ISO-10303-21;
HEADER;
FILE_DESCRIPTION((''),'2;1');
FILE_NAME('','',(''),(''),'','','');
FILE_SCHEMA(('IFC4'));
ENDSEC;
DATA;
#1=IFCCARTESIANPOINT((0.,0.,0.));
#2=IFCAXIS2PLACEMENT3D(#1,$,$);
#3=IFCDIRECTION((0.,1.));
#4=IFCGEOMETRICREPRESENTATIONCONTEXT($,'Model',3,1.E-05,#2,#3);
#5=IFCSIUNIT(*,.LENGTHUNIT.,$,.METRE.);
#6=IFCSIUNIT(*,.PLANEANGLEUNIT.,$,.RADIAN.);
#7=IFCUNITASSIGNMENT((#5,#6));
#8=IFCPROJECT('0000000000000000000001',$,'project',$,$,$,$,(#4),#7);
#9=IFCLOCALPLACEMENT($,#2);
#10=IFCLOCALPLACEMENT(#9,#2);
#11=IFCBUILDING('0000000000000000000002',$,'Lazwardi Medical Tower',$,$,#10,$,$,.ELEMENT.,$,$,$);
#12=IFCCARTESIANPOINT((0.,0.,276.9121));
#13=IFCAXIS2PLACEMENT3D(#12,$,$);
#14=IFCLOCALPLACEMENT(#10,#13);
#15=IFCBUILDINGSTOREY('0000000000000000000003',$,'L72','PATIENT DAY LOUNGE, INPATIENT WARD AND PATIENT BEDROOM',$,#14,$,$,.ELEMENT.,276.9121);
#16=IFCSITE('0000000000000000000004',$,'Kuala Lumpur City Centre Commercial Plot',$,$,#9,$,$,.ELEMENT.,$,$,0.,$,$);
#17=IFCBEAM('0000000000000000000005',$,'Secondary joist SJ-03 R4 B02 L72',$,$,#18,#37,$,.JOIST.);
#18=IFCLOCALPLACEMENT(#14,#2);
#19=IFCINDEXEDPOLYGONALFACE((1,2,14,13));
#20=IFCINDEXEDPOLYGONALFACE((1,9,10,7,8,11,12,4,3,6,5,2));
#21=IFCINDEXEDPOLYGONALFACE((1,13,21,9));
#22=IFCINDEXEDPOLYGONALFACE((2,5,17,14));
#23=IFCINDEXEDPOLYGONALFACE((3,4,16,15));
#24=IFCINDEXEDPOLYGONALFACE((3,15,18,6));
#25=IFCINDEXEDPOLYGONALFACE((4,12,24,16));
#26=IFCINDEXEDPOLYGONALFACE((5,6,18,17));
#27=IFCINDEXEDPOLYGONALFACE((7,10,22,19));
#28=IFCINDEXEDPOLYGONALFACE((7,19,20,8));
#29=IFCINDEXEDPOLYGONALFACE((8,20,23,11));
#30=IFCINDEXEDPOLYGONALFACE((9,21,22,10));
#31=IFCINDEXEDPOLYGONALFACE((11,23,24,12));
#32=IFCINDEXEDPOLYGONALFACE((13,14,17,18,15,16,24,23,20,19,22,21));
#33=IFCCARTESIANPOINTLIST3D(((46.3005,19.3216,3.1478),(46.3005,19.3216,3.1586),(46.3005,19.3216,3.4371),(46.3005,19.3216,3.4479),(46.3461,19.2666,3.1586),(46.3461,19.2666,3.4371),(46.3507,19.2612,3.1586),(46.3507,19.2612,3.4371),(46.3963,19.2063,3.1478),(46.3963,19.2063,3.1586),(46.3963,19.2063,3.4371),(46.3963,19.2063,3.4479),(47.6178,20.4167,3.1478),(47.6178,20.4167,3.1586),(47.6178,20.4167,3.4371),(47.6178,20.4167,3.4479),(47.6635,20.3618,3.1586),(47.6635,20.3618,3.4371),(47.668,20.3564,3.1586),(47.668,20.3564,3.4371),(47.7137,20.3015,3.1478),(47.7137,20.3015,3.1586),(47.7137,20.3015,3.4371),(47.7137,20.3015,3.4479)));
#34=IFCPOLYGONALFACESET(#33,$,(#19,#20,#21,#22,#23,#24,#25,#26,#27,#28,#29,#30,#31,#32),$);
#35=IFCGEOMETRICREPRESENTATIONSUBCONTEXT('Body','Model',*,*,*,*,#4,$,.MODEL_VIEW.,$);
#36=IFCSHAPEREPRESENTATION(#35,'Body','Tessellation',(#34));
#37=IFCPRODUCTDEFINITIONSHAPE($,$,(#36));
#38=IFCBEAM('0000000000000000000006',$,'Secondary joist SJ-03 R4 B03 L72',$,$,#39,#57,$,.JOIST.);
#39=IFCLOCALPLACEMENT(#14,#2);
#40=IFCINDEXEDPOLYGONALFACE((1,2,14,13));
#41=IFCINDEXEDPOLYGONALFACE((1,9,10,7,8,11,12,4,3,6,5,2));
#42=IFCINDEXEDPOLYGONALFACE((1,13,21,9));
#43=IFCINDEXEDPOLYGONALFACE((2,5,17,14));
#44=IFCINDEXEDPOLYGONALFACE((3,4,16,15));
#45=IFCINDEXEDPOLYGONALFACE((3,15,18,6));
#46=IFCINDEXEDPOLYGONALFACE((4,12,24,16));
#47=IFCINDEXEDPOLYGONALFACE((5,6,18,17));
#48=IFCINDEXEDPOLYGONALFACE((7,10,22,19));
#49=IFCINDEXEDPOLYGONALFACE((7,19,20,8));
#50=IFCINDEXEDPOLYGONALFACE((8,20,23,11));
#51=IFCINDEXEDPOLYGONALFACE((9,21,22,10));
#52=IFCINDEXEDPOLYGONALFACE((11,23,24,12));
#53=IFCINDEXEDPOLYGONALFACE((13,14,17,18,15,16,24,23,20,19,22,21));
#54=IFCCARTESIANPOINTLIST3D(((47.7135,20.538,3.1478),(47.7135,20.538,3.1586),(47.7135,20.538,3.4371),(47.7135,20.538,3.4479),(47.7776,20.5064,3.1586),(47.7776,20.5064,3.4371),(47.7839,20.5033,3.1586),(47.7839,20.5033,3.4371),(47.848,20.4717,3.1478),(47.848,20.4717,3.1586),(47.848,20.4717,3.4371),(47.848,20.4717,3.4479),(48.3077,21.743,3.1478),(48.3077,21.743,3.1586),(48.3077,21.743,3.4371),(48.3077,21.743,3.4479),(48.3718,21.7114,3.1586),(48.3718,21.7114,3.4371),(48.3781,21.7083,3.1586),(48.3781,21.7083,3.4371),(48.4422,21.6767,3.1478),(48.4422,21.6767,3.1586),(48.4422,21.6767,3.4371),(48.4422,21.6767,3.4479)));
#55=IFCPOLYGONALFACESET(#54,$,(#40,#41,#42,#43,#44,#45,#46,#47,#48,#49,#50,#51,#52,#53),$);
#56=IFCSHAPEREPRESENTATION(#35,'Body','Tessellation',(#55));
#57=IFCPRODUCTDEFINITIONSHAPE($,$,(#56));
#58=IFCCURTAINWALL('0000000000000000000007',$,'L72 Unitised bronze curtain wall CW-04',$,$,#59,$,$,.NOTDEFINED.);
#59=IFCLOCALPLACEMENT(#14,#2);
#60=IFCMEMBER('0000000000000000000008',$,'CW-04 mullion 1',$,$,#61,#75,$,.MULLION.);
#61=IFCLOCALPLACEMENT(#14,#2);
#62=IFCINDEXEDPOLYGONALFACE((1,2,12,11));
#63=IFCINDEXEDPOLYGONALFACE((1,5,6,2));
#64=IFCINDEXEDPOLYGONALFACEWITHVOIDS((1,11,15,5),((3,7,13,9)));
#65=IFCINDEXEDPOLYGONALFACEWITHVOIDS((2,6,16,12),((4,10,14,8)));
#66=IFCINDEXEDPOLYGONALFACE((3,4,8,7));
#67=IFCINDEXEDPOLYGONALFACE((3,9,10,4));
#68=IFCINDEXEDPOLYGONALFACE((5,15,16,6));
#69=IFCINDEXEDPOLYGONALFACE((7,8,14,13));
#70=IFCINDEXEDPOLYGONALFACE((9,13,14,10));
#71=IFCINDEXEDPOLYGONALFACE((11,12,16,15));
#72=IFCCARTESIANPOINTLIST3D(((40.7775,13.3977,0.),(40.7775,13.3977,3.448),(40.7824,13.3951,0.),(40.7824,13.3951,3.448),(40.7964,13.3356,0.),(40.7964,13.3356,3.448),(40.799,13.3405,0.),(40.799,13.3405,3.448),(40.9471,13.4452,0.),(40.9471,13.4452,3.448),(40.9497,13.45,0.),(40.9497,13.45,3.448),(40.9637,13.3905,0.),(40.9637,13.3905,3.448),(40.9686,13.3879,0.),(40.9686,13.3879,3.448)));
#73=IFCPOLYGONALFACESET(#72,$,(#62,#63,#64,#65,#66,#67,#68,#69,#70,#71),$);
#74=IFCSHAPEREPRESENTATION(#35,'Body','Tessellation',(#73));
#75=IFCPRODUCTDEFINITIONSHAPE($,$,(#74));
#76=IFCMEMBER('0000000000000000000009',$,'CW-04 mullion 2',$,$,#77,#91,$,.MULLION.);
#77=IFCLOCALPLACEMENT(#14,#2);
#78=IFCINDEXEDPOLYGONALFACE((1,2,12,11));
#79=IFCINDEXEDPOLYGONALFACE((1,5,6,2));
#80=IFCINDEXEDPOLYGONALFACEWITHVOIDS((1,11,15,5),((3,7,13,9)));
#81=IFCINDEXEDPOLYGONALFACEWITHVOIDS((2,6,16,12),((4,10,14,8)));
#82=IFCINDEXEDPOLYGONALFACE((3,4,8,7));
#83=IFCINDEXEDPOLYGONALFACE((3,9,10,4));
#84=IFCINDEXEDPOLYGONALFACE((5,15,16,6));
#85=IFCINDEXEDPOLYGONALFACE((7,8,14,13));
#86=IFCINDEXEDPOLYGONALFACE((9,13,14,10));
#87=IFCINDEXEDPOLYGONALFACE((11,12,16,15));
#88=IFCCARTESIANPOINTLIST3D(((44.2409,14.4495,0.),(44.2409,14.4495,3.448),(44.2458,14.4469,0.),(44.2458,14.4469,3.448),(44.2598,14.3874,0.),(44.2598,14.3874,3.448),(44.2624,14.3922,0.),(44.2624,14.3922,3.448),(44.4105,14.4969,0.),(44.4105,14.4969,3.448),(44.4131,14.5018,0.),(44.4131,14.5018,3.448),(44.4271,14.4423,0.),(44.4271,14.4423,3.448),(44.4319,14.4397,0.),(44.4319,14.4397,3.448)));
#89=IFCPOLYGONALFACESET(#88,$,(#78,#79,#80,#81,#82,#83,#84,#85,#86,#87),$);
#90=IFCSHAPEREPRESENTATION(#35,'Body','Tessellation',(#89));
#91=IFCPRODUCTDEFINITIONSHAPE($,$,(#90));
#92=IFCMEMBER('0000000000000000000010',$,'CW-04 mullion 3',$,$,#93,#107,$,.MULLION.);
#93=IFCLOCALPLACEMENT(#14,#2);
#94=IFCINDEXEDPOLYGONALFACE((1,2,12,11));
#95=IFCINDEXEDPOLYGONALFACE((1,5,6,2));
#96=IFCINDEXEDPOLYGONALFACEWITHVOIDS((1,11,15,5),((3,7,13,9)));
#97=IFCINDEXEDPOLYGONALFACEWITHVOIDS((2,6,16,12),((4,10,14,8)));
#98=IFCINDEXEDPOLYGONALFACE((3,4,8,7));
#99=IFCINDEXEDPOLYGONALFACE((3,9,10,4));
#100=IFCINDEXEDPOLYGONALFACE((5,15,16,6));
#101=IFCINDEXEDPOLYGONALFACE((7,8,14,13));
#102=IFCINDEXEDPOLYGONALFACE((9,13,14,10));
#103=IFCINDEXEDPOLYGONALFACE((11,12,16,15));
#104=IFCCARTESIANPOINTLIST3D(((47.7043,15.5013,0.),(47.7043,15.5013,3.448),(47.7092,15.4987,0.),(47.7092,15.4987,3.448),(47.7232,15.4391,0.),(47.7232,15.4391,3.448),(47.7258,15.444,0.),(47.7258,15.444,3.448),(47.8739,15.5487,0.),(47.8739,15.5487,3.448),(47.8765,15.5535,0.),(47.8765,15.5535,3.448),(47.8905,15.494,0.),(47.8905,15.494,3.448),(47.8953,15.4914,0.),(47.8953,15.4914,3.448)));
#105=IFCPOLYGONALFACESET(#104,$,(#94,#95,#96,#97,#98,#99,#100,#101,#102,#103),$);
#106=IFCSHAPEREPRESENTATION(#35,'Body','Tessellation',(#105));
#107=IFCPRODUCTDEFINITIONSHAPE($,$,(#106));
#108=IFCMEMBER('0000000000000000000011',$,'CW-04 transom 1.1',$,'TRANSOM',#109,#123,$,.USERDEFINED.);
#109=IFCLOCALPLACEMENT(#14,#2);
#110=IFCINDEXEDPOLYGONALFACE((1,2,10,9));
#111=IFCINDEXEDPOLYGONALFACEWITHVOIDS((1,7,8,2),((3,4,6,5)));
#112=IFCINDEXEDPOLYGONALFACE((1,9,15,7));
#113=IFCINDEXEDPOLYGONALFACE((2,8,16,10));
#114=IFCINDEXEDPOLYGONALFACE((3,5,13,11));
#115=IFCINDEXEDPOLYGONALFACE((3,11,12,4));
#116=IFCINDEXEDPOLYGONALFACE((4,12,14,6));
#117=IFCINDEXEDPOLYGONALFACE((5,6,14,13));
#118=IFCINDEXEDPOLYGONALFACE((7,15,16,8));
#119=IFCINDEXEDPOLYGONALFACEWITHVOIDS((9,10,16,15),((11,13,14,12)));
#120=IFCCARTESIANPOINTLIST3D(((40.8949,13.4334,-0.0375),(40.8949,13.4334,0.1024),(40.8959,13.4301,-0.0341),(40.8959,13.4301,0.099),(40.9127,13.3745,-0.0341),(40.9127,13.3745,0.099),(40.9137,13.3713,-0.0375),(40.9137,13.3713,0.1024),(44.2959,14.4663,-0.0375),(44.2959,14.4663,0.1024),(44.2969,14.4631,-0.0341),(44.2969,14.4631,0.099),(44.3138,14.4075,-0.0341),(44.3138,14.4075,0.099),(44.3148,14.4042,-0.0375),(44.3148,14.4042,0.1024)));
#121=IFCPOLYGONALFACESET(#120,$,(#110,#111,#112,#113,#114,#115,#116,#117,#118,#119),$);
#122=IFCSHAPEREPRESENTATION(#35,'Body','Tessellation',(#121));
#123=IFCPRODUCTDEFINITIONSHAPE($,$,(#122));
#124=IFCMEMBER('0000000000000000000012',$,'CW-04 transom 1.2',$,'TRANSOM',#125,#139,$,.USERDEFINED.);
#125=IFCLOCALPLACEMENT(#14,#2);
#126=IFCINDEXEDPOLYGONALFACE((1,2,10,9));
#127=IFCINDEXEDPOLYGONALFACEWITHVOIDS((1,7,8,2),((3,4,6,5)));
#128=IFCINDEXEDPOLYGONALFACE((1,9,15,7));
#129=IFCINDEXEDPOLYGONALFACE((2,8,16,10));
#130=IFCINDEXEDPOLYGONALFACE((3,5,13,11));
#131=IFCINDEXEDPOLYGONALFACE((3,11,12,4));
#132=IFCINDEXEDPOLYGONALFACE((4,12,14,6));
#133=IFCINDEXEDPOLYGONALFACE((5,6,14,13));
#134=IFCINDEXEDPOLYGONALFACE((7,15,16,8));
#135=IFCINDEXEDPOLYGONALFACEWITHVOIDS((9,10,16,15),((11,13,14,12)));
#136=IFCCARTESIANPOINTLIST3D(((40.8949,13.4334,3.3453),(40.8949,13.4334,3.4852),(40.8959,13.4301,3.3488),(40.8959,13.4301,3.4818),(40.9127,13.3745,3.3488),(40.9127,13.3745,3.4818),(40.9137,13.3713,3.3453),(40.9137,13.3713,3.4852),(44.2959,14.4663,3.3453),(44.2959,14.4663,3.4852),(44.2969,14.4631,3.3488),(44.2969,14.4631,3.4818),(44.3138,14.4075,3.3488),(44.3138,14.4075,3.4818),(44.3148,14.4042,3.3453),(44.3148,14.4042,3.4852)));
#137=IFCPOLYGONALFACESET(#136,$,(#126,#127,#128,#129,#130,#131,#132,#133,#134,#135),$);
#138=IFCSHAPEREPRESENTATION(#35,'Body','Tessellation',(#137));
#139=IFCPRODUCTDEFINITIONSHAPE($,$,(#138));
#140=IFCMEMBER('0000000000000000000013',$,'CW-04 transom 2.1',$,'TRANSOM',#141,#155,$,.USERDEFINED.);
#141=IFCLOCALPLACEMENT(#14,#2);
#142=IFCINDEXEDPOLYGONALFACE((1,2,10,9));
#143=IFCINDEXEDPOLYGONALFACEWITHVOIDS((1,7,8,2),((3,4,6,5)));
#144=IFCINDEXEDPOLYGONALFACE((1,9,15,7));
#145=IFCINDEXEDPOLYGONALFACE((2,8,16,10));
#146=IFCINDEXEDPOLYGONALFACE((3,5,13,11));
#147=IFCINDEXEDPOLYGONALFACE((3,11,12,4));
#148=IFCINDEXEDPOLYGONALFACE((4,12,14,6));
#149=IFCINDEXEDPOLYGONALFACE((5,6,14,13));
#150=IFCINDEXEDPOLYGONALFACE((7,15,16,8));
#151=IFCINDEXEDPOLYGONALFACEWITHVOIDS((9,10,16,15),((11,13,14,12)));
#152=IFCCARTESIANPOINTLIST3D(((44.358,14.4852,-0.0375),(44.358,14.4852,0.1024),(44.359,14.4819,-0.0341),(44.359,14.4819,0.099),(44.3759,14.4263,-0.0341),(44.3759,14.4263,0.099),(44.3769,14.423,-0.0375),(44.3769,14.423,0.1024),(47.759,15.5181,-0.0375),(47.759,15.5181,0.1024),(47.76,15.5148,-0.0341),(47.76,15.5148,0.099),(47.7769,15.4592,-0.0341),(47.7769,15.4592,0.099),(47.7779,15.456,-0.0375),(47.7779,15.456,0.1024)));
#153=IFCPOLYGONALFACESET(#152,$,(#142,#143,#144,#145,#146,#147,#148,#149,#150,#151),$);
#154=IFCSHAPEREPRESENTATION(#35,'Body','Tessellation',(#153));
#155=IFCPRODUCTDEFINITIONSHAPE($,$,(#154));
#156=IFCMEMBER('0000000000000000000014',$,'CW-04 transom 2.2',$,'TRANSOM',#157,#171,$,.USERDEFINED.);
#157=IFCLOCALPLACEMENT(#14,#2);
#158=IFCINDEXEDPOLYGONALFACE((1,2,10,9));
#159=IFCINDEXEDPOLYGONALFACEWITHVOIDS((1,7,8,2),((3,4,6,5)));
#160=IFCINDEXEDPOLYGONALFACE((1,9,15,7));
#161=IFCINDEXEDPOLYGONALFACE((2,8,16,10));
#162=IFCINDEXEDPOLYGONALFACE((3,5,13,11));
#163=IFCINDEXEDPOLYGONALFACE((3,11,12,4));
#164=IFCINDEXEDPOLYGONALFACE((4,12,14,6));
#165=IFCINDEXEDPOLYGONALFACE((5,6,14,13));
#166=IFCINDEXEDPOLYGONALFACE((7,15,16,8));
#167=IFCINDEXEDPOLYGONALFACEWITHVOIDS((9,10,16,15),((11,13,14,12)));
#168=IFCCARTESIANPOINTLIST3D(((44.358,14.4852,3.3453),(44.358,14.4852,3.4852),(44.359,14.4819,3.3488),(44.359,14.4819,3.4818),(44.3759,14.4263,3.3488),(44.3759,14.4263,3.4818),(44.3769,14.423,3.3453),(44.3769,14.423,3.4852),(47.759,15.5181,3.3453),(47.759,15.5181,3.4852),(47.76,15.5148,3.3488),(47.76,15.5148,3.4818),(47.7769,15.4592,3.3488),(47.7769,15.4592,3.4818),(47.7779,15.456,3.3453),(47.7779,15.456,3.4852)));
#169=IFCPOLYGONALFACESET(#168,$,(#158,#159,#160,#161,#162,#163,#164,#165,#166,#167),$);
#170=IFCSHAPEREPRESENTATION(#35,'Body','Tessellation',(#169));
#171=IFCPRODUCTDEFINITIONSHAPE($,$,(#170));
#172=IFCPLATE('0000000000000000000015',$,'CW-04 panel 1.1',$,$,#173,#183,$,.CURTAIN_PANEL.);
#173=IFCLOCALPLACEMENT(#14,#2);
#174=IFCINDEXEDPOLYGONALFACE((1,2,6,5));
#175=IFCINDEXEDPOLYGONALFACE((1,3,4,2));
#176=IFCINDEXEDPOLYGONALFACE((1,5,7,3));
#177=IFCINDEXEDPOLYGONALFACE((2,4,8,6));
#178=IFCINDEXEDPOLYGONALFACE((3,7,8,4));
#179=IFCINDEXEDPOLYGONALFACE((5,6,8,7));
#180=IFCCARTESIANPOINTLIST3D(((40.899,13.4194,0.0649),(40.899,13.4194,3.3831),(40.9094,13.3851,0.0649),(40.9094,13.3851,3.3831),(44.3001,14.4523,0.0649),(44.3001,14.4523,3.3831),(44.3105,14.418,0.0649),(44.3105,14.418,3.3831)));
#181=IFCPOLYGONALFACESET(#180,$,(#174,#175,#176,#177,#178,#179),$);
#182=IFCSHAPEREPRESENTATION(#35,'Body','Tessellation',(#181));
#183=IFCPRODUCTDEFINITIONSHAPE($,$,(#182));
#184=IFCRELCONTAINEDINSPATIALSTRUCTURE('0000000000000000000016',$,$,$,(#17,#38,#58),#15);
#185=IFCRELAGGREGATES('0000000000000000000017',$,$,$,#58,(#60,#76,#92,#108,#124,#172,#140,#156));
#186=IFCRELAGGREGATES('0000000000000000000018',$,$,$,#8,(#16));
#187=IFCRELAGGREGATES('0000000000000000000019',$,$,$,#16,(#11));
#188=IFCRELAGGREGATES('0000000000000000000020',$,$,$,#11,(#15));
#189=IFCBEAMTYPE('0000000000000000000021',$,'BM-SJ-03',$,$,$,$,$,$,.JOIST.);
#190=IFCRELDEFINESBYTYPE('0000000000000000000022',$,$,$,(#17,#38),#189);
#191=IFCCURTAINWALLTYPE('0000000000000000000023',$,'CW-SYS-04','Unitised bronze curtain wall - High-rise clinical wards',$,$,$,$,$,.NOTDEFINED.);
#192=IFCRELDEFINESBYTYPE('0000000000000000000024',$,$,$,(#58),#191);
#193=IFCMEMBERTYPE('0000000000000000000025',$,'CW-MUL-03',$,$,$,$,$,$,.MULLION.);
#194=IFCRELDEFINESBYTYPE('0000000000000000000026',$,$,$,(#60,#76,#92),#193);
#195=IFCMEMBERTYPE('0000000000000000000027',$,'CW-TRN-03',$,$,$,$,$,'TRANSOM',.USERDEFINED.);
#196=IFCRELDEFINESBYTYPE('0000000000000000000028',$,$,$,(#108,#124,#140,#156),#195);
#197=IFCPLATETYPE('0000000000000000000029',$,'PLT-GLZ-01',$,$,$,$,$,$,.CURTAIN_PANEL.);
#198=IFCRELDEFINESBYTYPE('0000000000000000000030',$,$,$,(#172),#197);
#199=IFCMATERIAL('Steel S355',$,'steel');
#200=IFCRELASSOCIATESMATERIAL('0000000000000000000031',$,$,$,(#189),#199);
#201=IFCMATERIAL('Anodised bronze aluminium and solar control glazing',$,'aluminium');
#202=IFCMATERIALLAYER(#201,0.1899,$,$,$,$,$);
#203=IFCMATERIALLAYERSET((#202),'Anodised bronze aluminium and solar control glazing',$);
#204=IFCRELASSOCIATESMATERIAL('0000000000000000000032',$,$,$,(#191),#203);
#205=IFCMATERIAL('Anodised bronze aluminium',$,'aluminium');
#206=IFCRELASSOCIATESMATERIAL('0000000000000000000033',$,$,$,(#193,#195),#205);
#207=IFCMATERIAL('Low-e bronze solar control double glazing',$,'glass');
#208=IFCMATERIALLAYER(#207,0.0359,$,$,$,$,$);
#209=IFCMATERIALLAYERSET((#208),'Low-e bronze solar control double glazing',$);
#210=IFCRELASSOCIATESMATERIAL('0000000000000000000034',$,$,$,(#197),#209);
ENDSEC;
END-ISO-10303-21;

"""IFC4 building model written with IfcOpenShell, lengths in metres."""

from ifc_helpers import new_model, si_unit, direction, frame, origin, origin_2d, place, context, subcontext, project, spatial, rectangle, hollow_rectangle, i_section, extrude, material, layer, layer_set, material_profile, profile_set, type_object, element, aggregate, save


model = new_model("IFC4")

# Units and contexts
model_context = context("Model", 3, precision=1e-05, world=origin(), true_north=direction((0.0, 1.0)))
body_context = subcontext(model_context, "Body", "Model", "MODEL_VIEW")
ifc_project = project(units=[si_unit("LENGTHUNIT", "METRE"), si_unit("PLANEANGLEUNIT", "RADIAN")], contexts=[model_context])

# Site, building, storey
site_placement = place(None, origin())
site = spatial("IfcSite", under=ifc_project, at=site_placement, Name="Kuala Lumpur City Centre Commercial Plot", CompositionType="ELEMENT", RefElevation=0.0)
building_placement = place(site_placement, origin())
building = spatial("IfcBuilding", under=site, at=building_placement, Name="Lazwardi Medical Tower", CompositionType="ELEMENT")
storey_placement = place(building_placement, frame((0.0, 0.0, 276.9121)))
storey = spatial("IfcBuildingStorey", under=building, at=storey_placement, Name="L72", Description="PATIENT DAY LOUNGE, INPATIENT WARD AND PATIENT BEDROOM", CompositionType="ELEMENT", Elevation=276.9121)

# Beams
ifc_material_1 = material(Name="Steel S355", Category="steel")
ifc_material_profile_1 = material_profile(ifc_material_1, i_section(OverallWidth=0.1499, OverallDepth=0.3, WebThickness=0.0071, FlangeThickness=0.0107, at=origin_2d()), Name="IPE 300")
ifc_profile_set_1 = profile_set([ifc_material_profile_1], Name="Steel S355")
beam_type_1 = type_object("IfcBeamType", Name="BM-SJ-03", PredefinedType="JOIST", material=ifc_profile_set_1)
beam_1_placement = place(storey_placement, frame((46.3484, 19.2639, 3.2979), z_axis=(0.768968, 0.639287, 0.0), x_axis=(-0.639287, 0.768968, 0.0)))
element("IfcBeam", 1, at=beam_1_placement, inside=storey, type_object=beam_type_1, Name="Secondary joist SJ-03 R4 B02 L72", PredefinedType="JOIST", context=body_context, shape_type="SweptSolid", body=[
    extrude(i_section(OverallWidth=0.1499, OverallDepth=0.3, WebThickness=0.0071, FlangeThickness=0.0107, at=origin_2d()), origin(), (0.0, 0.0, 1.0), 1.7131),
])
beam_2_placement = place(storey_placement, frame((47.7808, 20.5049, 3.2979), z_axis=(0.442264, 0.896885, 0.0), x_axis=(-0.896885, 0.442264, 0.0)))
element("IfcBeam", 2, at=beam_2_placement, inside=storey, type_object=beam_type_1, Name="Secondary joist SJ-03 R4 B03 L72", PredefinedType="JOIST", context=body_context, shape_type="SweptSolid", body=[
    extrude(i_section(OverallWidth=0.1499, OverallDepth=0.3, WebThickness=0.0071, FlangeThickness=0.0107, at=origin_2d()), origin(), (0.0, 0.0, 1.0), 1.3435),
])

# Curtain wall, members, plate
ifc_material_2 = material(Name="Anodised bronze aluminium and solar control glazing", Category="aluminium")
ifc_layer_1 = layer(ifc_material_2, 0.1899)
ifc_layer_set_1 = layer_set([ifc_layer_1], Name="Anodised bronze aluminium and solar control glazing")
curtain_wall_type = type_object("IfcCurtainWallType", Name="CW-SYS-04", Description="Unitised bronze curtain wall - High-rise clinical wards", PredefinedType="NOTDEFINED", material=ifc_layer_set_1)
curtain_wall_placement = place(storey_placement, origin())
curtain_wall = element("IfcCurtainWall", 3, at=curtain_wall_placement, inside=storey, type_object=curtain_wall_type, Name="L72 Unitised bronze curtain wall CW-04", PredefinedType="NOTDEFINED")
ifc_material_3 = material(Name="Anodised bronze aluminium", Category="aluminium")
ifc_material_profile_2 = material_profile(ifc_material_3, hollow_rectangle(XDim=0.0649, YDim=0.1799, WallThickness=0.0039, at=origin_2d()), Name="ALU-MULLION 180x65x4")
ifc_profile_set_2 = profile_set([ifc_material_profile_2], Name="Anodised bronze aluminium")
member_type_1 = type_object("IfcMemberType", Name="CW-MUL-03", PredefinedType="MULLION", material=ifc_profile_set_2)
member_1_placement = place(storey_placement, frame((40.873, 13.3928, 0.0), z_axis=(0.0, 0.0, 1.0), x_axis=(-0.290582, 0.95685, 0.0)))
member_1 = element("IfcMember", 4, at=member_1_placement, type_object=member_type_1, Name="CW-04 mullion 1", PredefinedType="MULLION", context=body_context, shape_type="SweptSolid", body=[
    extrude(hollow_rectangle(XDim=0.0649, YDim=0.1799, WallThickness=0.0039, at=origin_2d()), origin(), (0.0, 0.0, 1.0), 3.448),
])
member_2_placement = place(storey_placement, frame((44.3364, 14.4446, 0.0), z_axis=(0.0, 0.0, 1.0), x_axis=(-0.290582, 0.95685, 0.0)))
member_2 = element("IfcMember", 5, at=member_2_placement, type_object=member_type_1, Name="CW-04 mullion 2", PredefinedType="MULLION", context=body_context, shape_type="SweptSolid", body=[
    extrude(hollow_rectangle(XDim=0.0649, YDim=0.1799, WallThickness=0.0039, at=origin_2d()), origin(), (0.0, 0.0, 1.0), 3.448),
])
member_3_placement = place(storey_placement, frame((47.7998, 15.4963, 0.0), z_axis=(0.0, 0.0, 1.0), x_axis=(-0.290582, 0.95685, 0.0)))
member_3 = element("IfcMember", 6, at=member_3_placement, type_object=member_type_1, Name="CW-04 mullion 3", PredefinedType="MULLION", context=body_context, shape_type="SweptSolid", body=[
    extrude(hollow_rectangle(XDim=0.0649, YDim=0.1799, WallThickness=0.0039, at=origin_2d()), origin(), (0.0, 0.0, 1.0), 3.448),
])
ifc_material_profile_3 = material_profile(ifc_material_3, hollow_rectangle(XDim=0.0649, YDim=0.1399, WallThickness=0.0034, at=origin_2d()), Name="ALU-TRANSOM 140x65x3.5")
ifc_profile_set_3 = profile_set([ifc_material_profile_3], Name="Anodised bronze aluminium")
member_type_2 = type_object("IfcMemberType", Name="CW-TRN-03", ElementType="TRANSOM", PredefinedType="USERDEFINED", material=ifc_profile_set_3)
member_4_placement = place(storey_placement, frame((40.9043, 13.4023, 0.0325), z_axis=(0.956843, 0.290604, 0.0), x_axis=(-0.290604, 0.956843, 0.0)))
member_4 = element("IfcMember", 7, at=member_4_placement, type_object=member_type_2, Name="CW-04 transom 1.1", ObjectType="TRANSOM", PredefinedType="USERDEFINED", context=body_context, shape_type="SweptSolid", body=[
    extrude(hollow_rectangle(XDim=0.0649, YDim=0.1399, WallThickness=0.0034, at=origin_2d()), origin(), (0.0, 0.0, 1.0), 3.5544),
])
member_5_placement = place(storey_placement, frame((40.9043, 13.4023, 3.4153), z_axis=(0.956843, 0.290604, 0.0), x_axis=(-0.290604, 0.956843, 0.0)))
member_5 = element("IfcMember", 8, at=member_5_placement, type_object=member_type_2, Name="CW-04 transom 1.2", ObjectType="TRANSOM", PredefinedType="USERDEFINED", context=body_context, shape_type="SweptSolid", body=[
    extrude(hollow_rectangle(XDim=0.0649, YDim=0.1399, WallThickness=0.0034, at=origin_2d()), origin(), (0.0, 0.0, 1.0), 3.5544),
])
member_6_placement = place(storey_placement, frame((44.3674, 14.4541, 0.0325), z_axis=(0.956843, 0.290604, 0.0), x_axis=(-0.290604, 0.956843, 0.0)))
member_6 = element("IfcMember", 9, at=member_6_placement, type_object=member_type_2, Name="CW-04 transom 2.1", ObjectType="TRANSOM", PredefinedType="USERDEFINED", context=body_context, shape_type="SweptSolid", body=[
    extrude(hollow_rectangle(XDim=0.0649, YDim=0.1399, WallThickness=0.0034, at=origin_2d()), origin(), (0.0, 0.0, 1.0), 3.5544),
])
member_7_placement = place(storey_placement, frame((44.3674, 14.4541, 3.4153), z_axis=(0.956843, 0.290604, 0.0), x_axis=(-0.290604, 0.956843, 0.0)))
member_7 = element("IfcMember", 10, at=member_7_placement, type_object=member_type_2, Name="CW-04 transom 2.2", ObjectType="TRANSOM", PredefinedType="USERDEFINED", context=body_context, shape_type="SweptSolid", body=[
    extrude(hollow_rectangle(XDim=0.0649, YDim=0.1399, WallThickness=0.0034, at=origin_2d()), origin(), (0.0, 0.0, 1.0), 3.5544),
])
ifc_material_4 = material(Name="Low-e bronze solar control double glazing", Category="glass")
ifc_layer_2 = layer(ifc_material_4, 0.0359)
ifc_layer_set_2 = layer_set([ifc_layer_2], Name="Low-e bronze solar control double glazing")
plate_type = type_object("IfcPlateType", Name="PLT-GLZ-01", PredefinedType="CURTAIN_PANEL", material=ifc_layer_set_2)
plate_1_placement = place(storey_placement, frame((42.6047, 13.9187, 0.0649), z_axis=(0.0, 0.0, 1.0), x_axis=(0.95685, 0.290582, 0.0)))
plate_1 = element("IfcPlate", 11, at=plate_1_placement, type_object=plate_type, Name="CW-04 panel 1.1", PredefinedType="CURTAIN_PANEL", context=body_context, shape_type="SweptSolid", body=[
    extrude(rectangle(XDim=3.5544, YDim=0.0359, at=origin_2d()), origin(), (0.0, 0.0, 1.0), 3.3181),
])
aggregate(curtain_wall, [member_1, member_2, member_3, member_4, member_5, plate_1, member_6, member_7])

save(model, "model.ifc")
